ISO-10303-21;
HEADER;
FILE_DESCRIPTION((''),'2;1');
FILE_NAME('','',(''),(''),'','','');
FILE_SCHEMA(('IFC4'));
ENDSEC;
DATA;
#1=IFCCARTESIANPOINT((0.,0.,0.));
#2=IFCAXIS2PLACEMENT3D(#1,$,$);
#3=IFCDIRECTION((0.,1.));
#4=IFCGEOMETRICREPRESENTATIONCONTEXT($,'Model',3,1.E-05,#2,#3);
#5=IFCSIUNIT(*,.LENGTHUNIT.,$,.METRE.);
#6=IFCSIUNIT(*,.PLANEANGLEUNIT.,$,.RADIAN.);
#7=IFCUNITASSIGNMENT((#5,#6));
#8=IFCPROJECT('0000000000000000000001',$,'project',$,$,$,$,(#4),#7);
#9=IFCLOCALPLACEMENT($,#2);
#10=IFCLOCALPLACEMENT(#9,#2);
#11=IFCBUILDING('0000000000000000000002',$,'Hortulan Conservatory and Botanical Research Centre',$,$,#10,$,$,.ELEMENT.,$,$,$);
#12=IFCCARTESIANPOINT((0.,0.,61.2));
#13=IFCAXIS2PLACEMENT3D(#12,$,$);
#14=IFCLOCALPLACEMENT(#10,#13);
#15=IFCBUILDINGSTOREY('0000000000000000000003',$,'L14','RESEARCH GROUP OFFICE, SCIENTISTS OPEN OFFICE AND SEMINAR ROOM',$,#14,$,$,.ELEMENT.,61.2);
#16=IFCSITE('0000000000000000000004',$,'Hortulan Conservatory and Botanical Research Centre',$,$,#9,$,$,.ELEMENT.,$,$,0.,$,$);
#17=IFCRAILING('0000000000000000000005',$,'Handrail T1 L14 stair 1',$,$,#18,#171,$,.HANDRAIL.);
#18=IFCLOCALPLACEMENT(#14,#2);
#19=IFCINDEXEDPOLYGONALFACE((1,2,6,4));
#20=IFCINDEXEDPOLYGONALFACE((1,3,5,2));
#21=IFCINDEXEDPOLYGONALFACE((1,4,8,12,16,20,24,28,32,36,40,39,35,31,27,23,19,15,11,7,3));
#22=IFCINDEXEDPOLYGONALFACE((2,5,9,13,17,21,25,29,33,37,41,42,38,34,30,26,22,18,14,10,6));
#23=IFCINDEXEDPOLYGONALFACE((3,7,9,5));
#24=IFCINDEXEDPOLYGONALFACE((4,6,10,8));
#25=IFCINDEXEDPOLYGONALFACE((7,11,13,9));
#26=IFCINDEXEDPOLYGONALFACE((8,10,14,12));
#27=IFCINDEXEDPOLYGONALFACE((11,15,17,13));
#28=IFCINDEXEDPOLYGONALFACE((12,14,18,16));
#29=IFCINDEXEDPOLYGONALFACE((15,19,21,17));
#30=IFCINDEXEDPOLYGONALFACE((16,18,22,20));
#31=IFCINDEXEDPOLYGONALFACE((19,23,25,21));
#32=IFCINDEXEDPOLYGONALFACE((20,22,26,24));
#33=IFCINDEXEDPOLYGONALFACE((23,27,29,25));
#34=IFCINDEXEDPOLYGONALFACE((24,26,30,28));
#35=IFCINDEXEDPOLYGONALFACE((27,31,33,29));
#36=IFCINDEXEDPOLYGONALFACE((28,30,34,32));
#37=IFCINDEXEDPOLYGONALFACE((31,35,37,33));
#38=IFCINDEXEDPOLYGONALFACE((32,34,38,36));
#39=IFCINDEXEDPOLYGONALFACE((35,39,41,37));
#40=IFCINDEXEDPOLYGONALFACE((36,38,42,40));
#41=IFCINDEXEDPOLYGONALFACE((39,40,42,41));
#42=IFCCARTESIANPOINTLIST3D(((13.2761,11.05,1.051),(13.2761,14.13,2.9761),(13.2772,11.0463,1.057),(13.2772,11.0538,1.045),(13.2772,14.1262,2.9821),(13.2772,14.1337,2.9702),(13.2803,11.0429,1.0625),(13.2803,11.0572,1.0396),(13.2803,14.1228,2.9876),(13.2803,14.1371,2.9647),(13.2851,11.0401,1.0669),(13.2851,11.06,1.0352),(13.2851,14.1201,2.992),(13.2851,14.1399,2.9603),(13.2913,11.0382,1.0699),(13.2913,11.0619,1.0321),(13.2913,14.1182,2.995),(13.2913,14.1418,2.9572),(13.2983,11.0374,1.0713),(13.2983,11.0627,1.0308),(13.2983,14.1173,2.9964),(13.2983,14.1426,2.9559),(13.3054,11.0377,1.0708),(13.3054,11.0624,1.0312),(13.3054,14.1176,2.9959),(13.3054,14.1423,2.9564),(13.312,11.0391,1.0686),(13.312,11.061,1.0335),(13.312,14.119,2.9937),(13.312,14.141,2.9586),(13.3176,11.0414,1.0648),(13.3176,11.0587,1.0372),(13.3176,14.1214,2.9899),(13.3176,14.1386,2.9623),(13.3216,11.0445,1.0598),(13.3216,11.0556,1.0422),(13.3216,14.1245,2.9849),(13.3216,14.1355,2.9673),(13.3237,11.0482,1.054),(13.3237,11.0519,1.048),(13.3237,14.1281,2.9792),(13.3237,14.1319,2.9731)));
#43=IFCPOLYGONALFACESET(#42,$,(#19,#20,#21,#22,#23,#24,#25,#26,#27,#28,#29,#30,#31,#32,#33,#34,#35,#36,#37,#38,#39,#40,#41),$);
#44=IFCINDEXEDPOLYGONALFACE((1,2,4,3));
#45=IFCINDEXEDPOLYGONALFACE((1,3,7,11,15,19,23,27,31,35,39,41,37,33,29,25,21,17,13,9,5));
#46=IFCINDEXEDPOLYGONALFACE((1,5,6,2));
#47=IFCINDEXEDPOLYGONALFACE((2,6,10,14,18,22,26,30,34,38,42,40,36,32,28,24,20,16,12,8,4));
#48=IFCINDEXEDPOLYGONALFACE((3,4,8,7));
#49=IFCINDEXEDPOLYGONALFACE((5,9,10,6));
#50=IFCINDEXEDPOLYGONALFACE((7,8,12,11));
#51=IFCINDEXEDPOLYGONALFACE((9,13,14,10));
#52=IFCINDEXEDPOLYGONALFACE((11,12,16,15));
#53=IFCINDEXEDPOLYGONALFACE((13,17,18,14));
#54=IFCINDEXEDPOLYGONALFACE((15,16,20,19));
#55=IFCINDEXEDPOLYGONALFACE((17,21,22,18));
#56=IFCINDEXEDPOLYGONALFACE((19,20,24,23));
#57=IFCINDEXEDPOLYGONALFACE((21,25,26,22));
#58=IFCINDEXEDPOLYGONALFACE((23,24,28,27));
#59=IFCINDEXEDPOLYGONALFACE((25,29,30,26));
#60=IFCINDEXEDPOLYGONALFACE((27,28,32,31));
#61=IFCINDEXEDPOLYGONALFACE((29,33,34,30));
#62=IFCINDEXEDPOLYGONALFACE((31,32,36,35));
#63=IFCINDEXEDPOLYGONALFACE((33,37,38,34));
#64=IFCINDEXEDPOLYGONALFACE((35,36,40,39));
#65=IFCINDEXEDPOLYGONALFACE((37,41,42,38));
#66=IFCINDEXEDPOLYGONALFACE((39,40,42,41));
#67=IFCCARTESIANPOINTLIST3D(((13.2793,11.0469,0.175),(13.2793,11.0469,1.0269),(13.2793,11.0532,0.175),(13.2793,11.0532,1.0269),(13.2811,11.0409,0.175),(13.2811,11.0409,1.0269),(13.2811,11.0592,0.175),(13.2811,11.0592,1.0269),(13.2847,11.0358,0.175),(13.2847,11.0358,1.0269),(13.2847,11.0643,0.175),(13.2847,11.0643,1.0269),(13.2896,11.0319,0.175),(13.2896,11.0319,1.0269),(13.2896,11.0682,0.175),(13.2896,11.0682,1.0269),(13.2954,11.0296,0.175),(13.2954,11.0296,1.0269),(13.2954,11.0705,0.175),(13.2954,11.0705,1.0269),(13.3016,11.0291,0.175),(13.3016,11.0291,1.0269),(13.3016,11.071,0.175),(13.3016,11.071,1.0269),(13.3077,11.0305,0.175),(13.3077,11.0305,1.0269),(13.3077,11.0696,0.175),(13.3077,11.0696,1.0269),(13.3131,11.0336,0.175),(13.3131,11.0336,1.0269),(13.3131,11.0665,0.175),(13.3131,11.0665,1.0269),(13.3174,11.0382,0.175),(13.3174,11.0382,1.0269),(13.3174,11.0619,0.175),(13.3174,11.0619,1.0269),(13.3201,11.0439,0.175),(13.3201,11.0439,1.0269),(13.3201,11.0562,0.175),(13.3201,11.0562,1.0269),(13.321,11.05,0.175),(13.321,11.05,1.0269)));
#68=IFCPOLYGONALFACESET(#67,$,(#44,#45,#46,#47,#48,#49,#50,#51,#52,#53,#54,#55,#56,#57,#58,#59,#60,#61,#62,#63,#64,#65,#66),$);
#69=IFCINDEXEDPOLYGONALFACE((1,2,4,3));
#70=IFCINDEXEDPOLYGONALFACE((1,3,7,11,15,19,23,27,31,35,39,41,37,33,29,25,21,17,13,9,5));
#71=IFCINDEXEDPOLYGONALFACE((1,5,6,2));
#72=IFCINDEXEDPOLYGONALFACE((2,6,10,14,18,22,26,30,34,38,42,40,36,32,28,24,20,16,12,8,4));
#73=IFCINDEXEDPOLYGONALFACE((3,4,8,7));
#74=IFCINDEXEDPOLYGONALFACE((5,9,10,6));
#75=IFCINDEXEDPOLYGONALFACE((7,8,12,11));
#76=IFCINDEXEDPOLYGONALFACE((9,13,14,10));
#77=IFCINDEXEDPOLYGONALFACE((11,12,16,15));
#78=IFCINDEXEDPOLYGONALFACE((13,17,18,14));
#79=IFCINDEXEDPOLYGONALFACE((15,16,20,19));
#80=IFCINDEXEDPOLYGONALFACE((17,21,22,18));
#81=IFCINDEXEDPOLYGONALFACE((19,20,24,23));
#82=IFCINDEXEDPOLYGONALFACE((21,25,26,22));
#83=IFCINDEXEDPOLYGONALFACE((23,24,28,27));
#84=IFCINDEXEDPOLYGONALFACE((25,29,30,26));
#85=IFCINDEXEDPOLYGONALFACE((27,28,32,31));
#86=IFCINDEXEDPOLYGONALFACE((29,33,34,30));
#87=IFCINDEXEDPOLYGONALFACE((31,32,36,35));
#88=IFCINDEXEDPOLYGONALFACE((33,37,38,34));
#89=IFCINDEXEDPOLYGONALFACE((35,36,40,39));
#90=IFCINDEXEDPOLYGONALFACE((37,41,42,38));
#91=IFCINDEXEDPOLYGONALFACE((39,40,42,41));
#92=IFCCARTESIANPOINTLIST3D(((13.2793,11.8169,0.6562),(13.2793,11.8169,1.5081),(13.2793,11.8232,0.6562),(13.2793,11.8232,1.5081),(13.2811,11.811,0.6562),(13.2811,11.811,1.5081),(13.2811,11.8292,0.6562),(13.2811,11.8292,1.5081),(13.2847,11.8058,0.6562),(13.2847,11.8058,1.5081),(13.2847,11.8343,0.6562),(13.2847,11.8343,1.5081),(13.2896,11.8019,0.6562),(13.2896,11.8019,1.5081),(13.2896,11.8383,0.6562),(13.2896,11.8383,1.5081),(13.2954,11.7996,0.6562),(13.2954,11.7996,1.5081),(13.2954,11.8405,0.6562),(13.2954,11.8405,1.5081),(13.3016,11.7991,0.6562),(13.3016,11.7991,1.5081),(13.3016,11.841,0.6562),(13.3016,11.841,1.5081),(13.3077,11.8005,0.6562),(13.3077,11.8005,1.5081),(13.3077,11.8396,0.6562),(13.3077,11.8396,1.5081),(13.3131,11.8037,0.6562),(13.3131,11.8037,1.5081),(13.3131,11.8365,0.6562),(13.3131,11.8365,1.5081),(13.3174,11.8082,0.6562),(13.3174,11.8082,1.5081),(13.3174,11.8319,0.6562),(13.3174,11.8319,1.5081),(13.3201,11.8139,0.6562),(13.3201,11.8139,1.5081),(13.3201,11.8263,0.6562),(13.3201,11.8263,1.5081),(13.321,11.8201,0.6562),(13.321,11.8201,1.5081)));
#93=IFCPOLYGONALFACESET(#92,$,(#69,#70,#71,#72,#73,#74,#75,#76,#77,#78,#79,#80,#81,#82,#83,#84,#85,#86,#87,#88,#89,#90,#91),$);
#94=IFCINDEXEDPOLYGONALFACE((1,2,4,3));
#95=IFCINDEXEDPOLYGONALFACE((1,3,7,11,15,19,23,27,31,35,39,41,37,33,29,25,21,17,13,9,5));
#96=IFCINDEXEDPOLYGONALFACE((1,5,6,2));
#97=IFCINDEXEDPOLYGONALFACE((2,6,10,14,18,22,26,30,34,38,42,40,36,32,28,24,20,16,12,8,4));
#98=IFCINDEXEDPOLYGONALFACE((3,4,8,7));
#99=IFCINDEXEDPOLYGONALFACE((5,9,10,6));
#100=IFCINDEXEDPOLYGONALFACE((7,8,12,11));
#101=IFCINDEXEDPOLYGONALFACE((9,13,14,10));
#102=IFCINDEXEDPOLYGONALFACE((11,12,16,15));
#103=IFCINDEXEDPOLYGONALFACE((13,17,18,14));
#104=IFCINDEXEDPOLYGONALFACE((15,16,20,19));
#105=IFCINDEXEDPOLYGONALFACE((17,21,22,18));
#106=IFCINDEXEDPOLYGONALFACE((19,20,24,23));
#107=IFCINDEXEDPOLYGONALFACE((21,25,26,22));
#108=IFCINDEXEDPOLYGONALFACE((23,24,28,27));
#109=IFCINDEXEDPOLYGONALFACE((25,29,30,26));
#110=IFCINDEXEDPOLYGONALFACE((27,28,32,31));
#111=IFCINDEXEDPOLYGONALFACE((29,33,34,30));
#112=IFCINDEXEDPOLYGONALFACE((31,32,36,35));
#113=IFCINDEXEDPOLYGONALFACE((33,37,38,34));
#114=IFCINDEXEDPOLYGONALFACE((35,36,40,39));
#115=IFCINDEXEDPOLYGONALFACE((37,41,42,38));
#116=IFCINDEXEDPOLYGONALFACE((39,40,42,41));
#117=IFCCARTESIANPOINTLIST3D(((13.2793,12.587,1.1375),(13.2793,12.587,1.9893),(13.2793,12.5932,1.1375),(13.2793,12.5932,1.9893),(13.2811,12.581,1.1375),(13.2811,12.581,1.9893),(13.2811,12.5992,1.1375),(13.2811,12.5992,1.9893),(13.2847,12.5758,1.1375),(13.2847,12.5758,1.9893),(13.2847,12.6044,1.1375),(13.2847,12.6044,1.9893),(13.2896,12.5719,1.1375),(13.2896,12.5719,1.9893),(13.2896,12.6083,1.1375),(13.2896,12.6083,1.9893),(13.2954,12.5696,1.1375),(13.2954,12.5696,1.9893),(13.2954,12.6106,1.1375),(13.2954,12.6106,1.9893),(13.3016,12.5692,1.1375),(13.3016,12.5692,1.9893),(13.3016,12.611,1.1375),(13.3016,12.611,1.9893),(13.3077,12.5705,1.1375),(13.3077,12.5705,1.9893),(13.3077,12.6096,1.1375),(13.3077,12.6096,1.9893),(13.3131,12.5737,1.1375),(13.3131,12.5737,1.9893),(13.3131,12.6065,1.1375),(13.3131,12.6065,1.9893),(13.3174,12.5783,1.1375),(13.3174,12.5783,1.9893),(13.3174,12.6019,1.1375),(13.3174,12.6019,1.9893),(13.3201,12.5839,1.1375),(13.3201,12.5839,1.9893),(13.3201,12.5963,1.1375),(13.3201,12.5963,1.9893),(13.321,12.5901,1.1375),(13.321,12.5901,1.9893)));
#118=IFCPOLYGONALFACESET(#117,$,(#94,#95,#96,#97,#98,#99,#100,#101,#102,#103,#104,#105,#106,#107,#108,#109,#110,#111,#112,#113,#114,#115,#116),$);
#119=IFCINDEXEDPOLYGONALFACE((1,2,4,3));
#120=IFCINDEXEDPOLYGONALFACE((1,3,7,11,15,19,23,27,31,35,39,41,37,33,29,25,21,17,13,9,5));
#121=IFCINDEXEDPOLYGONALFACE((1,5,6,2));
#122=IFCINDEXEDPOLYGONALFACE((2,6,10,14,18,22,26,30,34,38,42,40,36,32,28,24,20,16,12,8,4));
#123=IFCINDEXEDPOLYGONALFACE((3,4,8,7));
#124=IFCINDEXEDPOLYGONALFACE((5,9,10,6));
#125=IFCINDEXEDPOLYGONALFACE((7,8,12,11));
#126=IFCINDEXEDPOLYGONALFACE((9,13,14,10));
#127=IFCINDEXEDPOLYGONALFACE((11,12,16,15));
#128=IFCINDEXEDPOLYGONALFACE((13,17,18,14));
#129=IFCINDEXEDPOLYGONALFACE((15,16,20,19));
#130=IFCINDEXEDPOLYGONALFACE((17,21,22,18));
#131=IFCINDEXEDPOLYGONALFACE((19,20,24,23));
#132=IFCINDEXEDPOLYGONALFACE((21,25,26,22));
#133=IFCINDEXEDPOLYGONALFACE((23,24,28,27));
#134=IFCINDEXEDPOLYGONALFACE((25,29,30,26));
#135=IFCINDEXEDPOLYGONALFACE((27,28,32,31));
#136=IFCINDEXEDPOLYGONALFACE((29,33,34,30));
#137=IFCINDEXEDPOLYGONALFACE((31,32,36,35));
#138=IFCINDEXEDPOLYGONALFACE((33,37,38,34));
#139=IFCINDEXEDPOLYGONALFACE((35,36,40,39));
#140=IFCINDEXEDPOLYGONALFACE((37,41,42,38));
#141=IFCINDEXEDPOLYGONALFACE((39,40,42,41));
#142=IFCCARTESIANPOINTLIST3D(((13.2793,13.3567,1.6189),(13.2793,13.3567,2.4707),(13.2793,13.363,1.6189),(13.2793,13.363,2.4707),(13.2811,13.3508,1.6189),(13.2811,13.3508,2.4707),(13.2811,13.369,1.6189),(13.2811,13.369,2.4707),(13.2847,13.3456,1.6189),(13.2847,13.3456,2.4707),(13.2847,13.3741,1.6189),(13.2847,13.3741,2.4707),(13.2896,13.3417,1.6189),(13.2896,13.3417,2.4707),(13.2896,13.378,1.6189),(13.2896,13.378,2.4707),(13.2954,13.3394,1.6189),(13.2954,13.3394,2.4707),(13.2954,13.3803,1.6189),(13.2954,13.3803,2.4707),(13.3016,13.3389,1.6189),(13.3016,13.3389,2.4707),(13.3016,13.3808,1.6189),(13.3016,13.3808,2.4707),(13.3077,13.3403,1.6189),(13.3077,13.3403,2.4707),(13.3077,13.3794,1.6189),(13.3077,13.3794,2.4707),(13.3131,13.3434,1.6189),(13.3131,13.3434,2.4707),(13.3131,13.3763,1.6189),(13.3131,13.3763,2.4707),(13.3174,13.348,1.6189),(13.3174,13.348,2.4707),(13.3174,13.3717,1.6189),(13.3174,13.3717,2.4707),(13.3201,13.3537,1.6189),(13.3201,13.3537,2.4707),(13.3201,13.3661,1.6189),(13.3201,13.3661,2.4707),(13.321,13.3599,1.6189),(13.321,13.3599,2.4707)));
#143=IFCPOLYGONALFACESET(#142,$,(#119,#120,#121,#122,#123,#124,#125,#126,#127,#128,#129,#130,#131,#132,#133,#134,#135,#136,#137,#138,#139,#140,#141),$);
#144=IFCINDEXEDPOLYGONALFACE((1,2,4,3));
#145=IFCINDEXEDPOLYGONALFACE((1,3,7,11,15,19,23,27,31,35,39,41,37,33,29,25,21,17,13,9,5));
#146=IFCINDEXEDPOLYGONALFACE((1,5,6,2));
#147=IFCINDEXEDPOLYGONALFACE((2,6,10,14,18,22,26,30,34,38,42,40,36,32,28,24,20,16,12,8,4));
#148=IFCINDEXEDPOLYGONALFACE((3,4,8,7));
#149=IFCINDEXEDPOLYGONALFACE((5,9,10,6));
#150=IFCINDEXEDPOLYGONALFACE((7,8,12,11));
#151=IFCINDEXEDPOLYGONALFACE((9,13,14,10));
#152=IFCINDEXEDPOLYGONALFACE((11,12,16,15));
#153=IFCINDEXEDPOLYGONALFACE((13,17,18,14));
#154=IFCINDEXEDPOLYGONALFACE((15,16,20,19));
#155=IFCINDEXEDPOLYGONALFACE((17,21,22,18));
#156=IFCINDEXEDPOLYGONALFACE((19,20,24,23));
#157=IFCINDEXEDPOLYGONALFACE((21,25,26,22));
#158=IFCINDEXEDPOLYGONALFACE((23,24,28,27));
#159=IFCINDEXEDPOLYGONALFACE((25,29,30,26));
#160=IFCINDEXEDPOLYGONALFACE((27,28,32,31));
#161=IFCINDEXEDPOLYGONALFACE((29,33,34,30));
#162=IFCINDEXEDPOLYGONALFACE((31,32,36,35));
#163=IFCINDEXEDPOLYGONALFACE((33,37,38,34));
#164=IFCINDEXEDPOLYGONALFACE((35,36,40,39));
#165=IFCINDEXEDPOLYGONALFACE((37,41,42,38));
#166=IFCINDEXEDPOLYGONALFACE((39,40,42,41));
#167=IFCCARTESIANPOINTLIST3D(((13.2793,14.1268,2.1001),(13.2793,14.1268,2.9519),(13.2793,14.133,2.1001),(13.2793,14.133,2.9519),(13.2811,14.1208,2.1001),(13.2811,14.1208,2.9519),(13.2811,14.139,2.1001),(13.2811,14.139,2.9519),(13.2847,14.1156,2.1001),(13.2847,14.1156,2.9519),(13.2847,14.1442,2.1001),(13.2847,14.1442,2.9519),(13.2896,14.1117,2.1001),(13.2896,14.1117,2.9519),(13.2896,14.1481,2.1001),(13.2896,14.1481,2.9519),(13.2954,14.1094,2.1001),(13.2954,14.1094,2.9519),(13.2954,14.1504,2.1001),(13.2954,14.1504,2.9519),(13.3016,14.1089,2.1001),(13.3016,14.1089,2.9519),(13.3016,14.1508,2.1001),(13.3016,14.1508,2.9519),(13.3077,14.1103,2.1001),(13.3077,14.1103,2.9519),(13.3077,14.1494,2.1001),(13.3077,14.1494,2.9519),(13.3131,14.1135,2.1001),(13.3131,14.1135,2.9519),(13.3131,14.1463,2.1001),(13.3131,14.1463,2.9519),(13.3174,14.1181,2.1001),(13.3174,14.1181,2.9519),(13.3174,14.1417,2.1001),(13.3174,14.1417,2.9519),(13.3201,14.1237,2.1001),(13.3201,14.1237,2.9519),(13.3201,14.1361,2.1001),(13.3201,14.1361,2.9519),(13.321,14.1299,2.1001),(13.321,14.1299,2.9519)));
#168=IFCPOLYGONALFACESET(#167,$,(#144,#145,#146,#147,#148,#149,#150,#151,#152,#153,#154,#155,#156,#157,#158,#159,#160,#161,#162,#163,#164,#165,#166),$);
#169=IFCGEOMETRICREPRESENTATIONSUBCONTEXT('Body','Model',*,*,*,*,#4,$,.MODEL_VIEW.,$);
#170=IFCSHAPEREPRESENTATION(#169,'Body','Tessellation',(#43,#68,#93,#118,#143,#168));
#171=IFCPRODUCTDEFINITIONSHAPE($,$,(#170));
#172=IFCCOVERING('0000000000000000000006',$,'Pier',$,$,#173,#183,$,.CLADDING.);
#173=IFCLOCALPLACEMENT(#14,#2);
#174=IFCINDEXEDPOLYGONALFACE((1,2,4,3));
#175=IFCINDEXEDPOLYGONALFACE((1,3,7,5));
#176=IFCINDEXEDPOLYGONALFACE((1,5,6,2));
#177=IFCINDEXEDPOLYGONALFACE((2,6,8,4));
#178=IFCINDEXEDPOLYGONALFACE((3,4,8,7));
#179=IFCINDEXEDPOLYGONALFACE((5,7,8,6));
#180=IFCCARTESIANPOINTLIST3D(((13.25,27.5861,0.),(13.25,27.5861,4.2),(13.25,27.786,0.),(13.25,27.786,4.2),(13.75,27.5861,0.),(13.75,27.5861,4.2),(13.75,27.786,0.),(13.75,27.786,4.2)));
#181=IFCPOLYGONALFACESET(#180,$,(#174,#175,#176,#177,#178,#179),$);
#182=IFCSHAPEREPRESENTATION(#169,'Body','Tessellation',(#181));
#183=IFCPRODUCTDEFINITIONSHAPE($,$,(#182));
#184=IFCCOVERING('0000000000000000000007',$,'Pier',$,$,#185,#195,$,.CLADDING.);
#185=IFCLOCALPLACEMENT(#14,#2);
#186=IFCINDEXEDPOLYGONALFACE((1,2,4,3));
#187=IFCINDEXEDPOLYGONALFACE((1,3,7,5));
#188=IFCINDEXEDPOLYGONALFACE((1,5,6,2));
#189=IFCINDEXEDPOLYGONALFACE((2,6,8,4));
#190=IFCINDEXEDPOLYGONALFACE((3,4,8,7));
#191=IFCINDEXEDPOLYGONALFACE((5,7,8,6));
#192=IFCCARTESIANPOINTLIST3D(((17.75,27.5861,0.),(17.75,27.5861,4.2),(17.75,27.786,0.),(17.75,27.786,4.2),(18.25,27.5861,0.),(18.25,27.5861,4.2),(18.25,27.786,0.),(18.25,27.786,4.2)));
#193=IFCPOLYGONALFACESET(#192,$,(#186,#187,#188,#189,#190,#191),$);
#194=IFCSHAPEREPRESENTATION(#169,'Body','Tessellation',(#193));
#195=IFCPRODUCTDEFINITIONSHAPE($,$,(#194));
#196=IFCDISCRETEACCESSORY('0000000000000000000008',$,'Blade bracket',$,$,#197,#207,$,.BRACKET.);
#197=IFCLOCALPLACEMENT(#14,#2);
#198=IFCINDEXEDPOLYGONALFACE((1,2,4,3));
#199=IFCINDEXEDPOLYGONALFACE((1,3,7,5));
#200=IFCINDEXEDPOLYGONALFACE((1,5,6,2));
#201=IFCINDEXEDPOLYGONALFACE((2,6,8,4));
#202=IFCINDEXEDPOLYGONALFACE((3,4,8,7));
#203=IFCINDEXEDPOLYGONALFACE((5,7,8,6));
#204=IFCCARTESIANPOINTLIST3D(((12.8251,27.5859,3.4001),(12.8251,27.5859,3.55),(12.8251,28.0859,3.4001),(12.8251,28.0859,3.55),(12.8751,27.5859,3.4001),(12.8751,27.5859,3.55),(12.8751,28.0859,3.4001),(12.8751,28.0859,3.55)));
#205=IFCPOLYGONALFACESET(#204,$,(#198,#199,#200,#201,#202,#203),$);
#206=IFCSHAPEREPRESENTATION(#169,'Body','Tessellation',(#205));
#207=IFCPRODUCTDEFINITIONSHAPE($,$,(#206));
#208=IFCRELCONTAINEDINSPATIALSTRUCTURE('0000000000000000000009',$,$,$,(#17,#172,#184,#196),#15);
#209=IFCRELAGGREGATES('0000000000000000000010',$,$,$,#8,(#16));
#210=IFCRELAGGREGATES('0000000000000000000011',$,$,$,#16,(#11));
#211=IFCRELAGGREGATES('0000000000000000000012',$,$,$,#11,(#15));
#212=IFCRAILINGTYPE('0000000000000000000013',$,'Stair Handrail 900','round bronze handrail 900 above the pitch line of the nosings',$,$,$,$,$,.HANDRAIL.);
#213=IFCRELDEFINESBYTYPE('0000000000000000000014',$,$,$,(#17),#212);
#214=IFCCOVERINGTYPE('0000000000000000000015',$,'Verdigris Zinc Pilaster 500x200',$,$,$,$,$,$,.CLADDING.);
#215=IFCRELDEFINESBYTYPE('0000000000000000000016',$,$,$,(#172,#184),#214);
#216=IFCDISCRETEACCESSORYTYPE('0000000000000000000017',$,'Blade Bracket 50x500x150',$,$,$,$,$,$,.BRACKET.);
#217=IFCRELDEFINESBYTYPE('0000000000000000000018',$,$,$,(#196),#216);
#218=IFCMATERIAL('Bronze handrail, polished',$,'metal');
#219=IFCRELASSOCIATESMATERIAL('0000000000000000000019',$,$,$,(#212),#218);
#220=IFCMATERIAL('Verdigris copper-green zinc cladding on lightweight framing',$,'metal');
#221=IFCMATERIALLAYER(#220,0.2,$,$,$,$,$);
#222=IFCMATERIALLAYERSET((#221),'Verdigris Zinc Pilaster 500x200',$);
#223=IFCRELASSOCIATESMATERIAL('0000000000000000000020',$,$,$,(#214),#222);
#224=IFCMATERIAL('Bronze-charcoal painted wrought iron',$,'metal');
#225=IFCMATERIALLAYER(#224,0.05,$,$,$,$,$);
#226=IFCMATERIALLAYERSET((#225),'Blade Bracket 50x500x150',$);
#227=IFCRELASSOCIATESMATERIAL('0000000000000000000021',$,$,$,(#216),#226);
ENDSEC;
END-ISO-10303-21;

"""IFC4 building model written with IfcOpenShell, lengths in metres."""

from ifc_helpers import new_model, si_unit, direction, frame, origin, origin_2d, place, context, subcontext, project, spatial, rectangle, circle, extrude, material, layer, layer_set, type_object, element, save


model = new_model("IFC4")

# Units and contexts
model_context = context("Model", 3, precision=1e-05, world=origin(), true_north=direction((0.0, 1.0)))
body_context = subcontext(model_context, "Body", "Model", "MODEL_VIEW")
ifc_project = project(units=[si_unit("LENGTHUNIT", "METRE"), si_unit("PLANEANGLEUNIT", "RADIAN")], contexts=[model_context])

# Site, building, storey
site_placement = place(None, origin())
site = spatial("IfcSite", under=ifc_project, at=site_placement, Name="Hortulan Conservatory and Botanical Research Centre", CompositionType="ELEMENT", RefElevation=0.0)
building_placement = place(site_placement, origin())
building = spatial("IfcBuilding", under=site, at=building_placement, Name="Hortulan Conservatory and Botanical Research Centre", CompositionType="ELEMENT")
storey_placement = place(building_placement, frame((0.0, 0.0, 61.2)))
storey = spatial("IfcBuildingStorey", under=building, at=storey_placement, Name="L14", Description="RESEARCH GROUP OFFICE, SCIENTISTS OPEN OFFICE AND SEMINAR ROOM", CompositionType="ELEMENT", Elevation=61.2)

# Railing
ifc_material_1 = material(Name="Bronze handrail, polished", Category="metal")
railing_type_1 = type_object("IfcRailingType", Name="Stair Handrail 900", Description="round bronze handrail 900 above the pitch line of the nosings", PredefinedType="HANDRAIL", material=ifc_material_1)
railing_1_placement = place(storey_placement, frame((13.3, 11.05, 0.175)))
element("IfcRailing", 1, at=railing_1_placement, inside=storey, type_object=railing_type_1, Name="Handrail T1 L14 stair 1", PredefinedType="HANDRAIL", context=body_context, shape_type="SweptSolid", body=[
    extrude(circle(Radius=0.0239, at=origin_2d()), frame((0.0, 0.0, 0.876), z_axis=(0.0, 0.847979, 0.530029), x_axis=(-1.0, 0.0, 0.0)), (0.0, 0.0, 1.0), 3.6321),
    extrude(circle(Radius=0.021, at=origin_2d()), origin(), (0.0, 0.0, 1.0), 0.8518),
    extrude(circle(Radius=0.021, at=origin_2d()), frame((0.0, 0.77, 0.4812)), (0.0, 0.0, 1.0), 0.8518),
    extrude(circle(Radius=0.021, at=origin_2d()), frame((0.0, 1.54, 0.9624)), (0.0, 0.0, 1.0), 0.8518),
    extrude(circle(Radius=0.021, at=origin_2d()), frame((0.0, 2.3098, 1.4438)), (0.0, 0.0, 1.0), 0.8518),
    extrude(circle(Radius=0.021, at=origin_2d()), frame((0.0, 3.0798, 1.925)), (0.0, 0.0, 1.0), 0.8518),
])

# Coverings
ifc_material_2 = material(Name="Verdigris copper-green zinc cladding on lightweight framing", Category="metal")
ifc_layer_1 = layer(ifc_material_2, 0.2)
ifc_layer_set_1 = layer_set([ifc_layer_1], Name="Verdigris Zinc Pilaster 500x200")
covering_type = type_object("IfcCoveringType", Name="Verdigris Zinc Pilaster 500x200", PredefinedType="CLADDING", material=ifc_layer_set_1)
for number, where, z_axis, x_axis, name in (
    (2, (13.5, 27.686, 0.0), (0.0, 0.0, 1.0), (1.0, 0.0, 0.0), "Pier"),
    (3, (18.0, 27.686, 0.0), (0.0, 0.0, 1.0), (1.0, 0.0, 0.0), "Pier"),
):
    element("IfcCovering", number, at=place(storey_placement, frame(where, z_axis=z_axis, x_axis=x_axis)), inside=storey, type_object=covering_type, Name=name, PredefinedType="CLADDING", context=body_context, shape_type="SweptSolid", body=[
        extrude(rectangle(XDim=0.5, YDim=0.2, at=origin_2d()), origin(), (0.0, 0.0, 1.0), 4.2),
    ])

# Discrete accessory
ifc_material_3 = material(Name="Bronze-charcoal painted wrought iron", Category="metal")
ifc_layer_2 = layer(ifc_material_3, 0.05)
ifc_layer_set_2 = layer_set([ifc_layer_2], Name="Blade Bracket 50x500x150")
discrete_accessory_type = type_object("IfcDiscreteAccessoryType", Name="Blade Bracket 50x500x150", PredefinedType="BRACKET", material=ifc_layer_set_2)
for number, where, z_axis, x_axis, name in (
    (4, (12.8501, 27.8359, 3.4001), (0.0, 0.0, 1.0), (1.0, 0.0, 0.0), "Blade bracket"),
):
    element("IfcDiscreteAccessory", number, at=place(storey_placement, frame(where, z_axis=z_axis, x_axis=x_axis)), inside=storey, type_object=discrete_accessory_type, Name=name, PredefinedType="BRACKET", context=body_context, shape_type="SweptSolid", body=[
        extrude(rectangle(XDim=0.05, YDim=0.5, at=origin_2d()), origin(), (0.0, 0.0, 1.0), 0.1499),
    ])

save(model, "model.ifc")
